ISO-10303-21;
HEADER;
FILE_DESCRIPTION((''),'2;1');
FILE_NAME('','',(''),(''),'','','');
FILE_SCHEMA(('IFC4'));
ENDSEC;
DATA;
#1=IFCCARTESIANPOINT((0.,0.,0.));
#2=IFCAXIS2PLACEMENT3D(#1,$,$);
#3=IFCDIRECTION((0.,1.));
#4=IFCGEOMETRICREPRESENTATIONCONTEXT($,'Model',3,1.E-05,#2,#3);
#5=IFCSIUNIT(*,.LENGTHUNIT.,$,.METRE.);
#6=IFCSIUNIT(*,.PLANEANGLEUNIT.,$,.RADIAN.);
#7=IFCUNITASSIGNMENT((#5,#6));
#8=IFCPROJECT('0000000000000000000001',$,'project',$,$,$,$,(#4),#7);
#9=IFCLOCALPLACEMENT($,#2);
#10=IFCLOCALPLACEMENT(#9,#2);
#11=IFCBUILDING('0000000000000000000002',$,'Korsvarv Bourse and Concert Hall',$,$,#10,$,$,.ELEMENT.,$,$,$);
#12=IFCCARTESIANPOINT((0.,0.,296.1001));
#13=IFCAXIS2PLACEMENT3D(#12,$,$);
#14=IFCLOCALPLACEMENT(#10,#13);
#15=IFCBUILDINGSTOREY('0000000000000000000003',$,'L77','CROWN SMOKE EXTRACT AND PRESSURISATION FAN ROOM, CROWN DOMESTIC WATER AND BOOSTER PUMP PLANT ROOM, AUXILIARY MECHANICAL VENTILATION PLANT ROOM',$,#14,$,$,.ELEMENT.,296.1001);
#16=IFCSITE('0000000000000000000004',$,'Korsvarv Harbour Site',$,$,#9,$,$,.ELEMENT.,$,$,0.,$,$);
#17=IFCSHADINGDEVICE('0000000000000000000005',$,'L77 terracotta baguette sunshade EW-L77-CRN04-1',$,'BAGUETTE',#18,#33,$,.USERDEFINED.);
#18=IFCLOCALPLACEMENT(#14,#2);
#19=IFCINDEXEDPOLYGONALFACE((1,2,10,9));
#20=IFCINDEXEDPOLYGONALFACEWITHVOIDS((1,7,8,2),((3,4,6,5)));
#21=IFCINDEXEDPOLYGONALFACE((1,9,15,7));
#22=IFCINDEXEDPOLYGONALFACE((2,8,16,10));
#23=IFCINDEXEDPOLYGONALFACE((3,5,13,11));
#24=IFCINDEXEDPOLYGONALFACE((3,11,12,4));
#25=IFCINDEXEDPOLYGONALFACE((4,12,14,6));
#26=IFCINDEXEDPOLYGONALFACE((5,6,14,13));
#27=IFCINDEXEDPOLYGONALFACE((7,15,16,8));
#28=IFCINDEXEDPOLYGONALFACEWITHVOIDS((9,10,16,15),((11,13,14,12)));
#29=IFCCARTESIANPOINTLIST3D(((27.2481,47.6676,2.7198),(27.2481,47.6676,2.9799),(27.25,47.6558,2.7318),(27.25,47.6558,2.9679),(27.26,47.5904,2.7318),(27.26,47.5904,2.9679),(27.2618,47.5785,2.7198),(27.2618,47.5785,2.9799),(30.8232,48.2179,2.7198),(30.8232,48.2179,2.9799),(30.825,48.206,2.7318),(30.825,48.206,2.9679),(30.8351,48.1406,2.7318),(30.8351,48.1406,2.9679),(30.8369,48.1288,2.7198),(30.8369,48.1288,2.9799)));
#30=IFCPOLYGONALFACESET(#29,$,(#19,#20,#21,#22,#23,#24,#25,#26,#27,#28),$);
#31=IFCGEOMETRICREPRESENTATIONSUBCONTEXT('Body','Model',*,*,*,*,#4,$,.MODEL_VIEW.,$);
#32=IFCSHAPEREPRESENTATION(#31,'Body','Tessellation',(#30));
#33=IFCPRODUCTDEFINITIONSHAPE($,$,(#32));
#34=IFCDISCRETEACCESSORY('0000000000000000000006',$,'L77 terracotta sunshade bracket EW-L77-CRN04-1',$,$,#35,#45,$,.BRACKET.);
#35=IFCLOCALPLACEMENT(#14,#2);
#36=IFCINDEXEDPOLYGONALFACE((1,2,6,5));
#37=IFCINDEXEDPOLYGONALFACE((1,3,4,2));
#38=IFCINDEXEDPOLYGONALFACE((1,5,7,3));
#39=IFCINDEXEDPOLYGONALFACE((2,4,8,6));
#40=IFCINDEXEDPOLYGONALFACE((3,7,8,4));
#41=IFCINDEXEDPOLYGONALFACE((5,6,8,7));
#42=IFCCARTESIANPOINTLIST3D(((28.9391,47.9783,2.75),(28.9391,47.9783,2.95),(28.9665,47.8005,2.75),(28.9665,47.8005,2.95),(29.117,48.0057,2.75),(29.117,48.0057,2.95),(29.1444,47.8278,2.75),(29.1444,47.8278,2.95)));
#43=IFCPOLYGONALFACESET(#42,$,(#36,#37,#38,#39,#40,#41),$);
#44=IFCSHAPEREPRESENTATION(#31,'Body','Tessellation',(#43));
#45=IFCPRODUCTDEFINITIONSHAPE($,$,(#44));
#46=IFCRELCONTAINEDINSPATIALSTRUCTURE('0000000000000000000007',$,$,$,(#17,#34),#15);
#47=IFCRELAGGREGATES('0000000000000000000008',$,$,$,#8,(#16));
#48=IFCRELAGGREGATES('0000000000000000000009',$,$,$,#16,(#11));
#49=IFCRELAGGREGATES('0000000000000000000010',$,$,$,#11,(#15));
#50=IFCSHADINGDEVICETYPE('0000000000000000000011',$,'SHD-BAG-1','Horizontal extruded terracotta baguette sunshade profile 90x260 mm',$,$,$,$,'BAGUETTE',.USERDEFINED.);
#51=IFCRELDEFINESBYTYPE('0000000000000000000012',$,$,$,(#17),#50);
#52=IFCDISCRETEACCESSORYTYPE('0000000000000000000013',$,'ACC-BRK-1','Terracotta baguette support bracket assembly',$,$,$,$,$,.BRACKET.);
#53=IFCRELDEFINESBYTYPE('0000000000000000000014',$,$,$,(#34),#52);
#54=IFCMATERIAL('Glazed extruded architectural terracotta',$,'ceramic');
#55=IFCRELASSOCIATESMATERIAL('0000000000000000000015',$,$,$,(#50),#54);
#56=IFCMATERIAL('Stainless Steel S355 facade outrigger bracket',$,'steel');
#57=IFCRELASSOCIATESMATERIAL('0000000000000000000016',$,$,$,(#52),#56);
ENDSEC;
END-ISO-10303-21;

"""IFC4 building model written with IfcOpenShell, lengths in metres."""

from ifc_helpers import new_model, si_unit, direction, frame, origin, origin_2d, place, context, subcontext, project, spatial, rectangle, hollow_rectangle, extrude, source, transform, mapped, material, material_profile, profile_set, type_object, element, save


model = new_model("IFC4")

# Units and contexts
model_context = context("Model", 3, precision=1e-05, world=origin(), true_north=direction((0.0, 1.0)))
body_context = subcontext(model_context, "Body", "Model", "MODEL_VIEW")
ifc_project = project(units=[si_unit("LENGTHUNIT", "METRE"), si_unit("PLANEANGLEUNIT", "RADIAN")], contexts=[model_context])

# Site, building, storey
site_placement = place(None, origin())
site = spatial("IfcSite", under=ifc_project, at=site_placement, Name="Korsvarv Harbour Site", CompositionType="ELEMENT", RefElevation=0.0)
building_placement = place(site_placement, origin())
building = spatial("IfcBuilding", under=site, at=building_placement, Name="Korsvarv Bourse and Concert Hall", CompositionType="ELEMENT")
storey_placement = place(building_placement, frame((0.0, 0.0, 296.1001)))
storey = spatial("IfcBuildingStorey", under=building, at=storey_placement, Name="L77", Description="CROWN SMOKE EXTRACT AND PRESSURISATION FAN ROOM, CROWN DOMESTIC WATER AND BOOSTER PUMP PLANT ROOM, AUXILIARY MECHANICAL VENTILATION PLANT ROOM", CompositionType="ELEMENT", Elevation=296.1001)

# Shading device
ifc_material_1 = material(Name="Glazed extruded architectural terracotta", Category="ceramic")
ifc_material_profile_1 = material_profile(ifc_material_1, hollow_rectangle(XDim=0.0901, YDim=0.26, WallThickness=0.012, at=origin_2d()), Name="TC-BAG 90x260")
ifc_profile_set_1 = profile_set([ifc_material_profile_1], Name="Glazed extruded architectural terracotta")
shading_device_type = type_object("IfcShadingDeviceType", Name="SHD-BAG-1", Description="Horizontal extruded terracotta baguette sunshade profile 90x260 mm", ElementType="BAGUETTE", PredefinedType="USERDEFINED", material=ifc_profile_set_1)
shared_shape_1 = source(origin(), body_context, "Body", "SweptSolid", [
    extrude(hollow_rectangle(XDim=0.0901, YDim=0.26, WallThickness=0.012, at=origin_2d()), origin(), (0.0, 0.0, 1.0), 3.6172),
])
shading_device_placement = place(storey_placement, frame((30.8301, 48.1733, 2.8499), z_axis=(-0.988361, -0.152128, 0.0), x_axis=(0.152128, -0.988361, 0.0)))
element("IfcShadingDevice", 1, at=shading_device_placement, inside=storey, type_object=shading_device_type, Name="L77 terracotta baguette sunshade EW-L77-CRN04-1", ObjectType="BAGUETTE", PredefinedType="USERDEFINED", context=body_context, shape_type="MappedRepresentation", body=[
    mapped(shared_shape_1, transform((0.0, 0.0, 0.0), scale=1.0)),
])

# Discrete accessory
ifc_material_2 = material(Name="Stainless Steel S355 facade outrigger bracket", Category="steel")
discrete_accessory_type = type_object("IfcDiscreteAccessoryType", Name="ACC-BRK-1", Description="Terracotta baguette support bracket assembly", PredefinedType="BRACKET", material=ifc_material_2)
shared_shape_2 = source(origin(), body_context, "Body", "SweptSolid", [
    extrude(rectangle(XDim=0.1799, YDim=0.1799, at=origin_2d()), origin(), (0.0, 0.0, 1.0), 0.2),
])
discrete_accessory_placement = place(storey_placement, frame((29.0417, 47.9031, 2.75), z_axis=(0.0, 0.0, 1.0), x_axis=(-0.988362, -0.152123, 0.0)))
element("IfcDiscreteAccessory", 2, at=discrete_accessory_placement, inside=storey, type_object=discrete_accessory_type, Name="L77 terracotta sunshade bracket EW-L77-CRN04-1", PredefinedType="BRACKET", context=body_context, shape_type="MappedRepresentation", body=[
    mapped(shared_shape_2, transform((0.0, 0.0, 0.0), scale=1.0)),
])

save(model, "model.ifc")
